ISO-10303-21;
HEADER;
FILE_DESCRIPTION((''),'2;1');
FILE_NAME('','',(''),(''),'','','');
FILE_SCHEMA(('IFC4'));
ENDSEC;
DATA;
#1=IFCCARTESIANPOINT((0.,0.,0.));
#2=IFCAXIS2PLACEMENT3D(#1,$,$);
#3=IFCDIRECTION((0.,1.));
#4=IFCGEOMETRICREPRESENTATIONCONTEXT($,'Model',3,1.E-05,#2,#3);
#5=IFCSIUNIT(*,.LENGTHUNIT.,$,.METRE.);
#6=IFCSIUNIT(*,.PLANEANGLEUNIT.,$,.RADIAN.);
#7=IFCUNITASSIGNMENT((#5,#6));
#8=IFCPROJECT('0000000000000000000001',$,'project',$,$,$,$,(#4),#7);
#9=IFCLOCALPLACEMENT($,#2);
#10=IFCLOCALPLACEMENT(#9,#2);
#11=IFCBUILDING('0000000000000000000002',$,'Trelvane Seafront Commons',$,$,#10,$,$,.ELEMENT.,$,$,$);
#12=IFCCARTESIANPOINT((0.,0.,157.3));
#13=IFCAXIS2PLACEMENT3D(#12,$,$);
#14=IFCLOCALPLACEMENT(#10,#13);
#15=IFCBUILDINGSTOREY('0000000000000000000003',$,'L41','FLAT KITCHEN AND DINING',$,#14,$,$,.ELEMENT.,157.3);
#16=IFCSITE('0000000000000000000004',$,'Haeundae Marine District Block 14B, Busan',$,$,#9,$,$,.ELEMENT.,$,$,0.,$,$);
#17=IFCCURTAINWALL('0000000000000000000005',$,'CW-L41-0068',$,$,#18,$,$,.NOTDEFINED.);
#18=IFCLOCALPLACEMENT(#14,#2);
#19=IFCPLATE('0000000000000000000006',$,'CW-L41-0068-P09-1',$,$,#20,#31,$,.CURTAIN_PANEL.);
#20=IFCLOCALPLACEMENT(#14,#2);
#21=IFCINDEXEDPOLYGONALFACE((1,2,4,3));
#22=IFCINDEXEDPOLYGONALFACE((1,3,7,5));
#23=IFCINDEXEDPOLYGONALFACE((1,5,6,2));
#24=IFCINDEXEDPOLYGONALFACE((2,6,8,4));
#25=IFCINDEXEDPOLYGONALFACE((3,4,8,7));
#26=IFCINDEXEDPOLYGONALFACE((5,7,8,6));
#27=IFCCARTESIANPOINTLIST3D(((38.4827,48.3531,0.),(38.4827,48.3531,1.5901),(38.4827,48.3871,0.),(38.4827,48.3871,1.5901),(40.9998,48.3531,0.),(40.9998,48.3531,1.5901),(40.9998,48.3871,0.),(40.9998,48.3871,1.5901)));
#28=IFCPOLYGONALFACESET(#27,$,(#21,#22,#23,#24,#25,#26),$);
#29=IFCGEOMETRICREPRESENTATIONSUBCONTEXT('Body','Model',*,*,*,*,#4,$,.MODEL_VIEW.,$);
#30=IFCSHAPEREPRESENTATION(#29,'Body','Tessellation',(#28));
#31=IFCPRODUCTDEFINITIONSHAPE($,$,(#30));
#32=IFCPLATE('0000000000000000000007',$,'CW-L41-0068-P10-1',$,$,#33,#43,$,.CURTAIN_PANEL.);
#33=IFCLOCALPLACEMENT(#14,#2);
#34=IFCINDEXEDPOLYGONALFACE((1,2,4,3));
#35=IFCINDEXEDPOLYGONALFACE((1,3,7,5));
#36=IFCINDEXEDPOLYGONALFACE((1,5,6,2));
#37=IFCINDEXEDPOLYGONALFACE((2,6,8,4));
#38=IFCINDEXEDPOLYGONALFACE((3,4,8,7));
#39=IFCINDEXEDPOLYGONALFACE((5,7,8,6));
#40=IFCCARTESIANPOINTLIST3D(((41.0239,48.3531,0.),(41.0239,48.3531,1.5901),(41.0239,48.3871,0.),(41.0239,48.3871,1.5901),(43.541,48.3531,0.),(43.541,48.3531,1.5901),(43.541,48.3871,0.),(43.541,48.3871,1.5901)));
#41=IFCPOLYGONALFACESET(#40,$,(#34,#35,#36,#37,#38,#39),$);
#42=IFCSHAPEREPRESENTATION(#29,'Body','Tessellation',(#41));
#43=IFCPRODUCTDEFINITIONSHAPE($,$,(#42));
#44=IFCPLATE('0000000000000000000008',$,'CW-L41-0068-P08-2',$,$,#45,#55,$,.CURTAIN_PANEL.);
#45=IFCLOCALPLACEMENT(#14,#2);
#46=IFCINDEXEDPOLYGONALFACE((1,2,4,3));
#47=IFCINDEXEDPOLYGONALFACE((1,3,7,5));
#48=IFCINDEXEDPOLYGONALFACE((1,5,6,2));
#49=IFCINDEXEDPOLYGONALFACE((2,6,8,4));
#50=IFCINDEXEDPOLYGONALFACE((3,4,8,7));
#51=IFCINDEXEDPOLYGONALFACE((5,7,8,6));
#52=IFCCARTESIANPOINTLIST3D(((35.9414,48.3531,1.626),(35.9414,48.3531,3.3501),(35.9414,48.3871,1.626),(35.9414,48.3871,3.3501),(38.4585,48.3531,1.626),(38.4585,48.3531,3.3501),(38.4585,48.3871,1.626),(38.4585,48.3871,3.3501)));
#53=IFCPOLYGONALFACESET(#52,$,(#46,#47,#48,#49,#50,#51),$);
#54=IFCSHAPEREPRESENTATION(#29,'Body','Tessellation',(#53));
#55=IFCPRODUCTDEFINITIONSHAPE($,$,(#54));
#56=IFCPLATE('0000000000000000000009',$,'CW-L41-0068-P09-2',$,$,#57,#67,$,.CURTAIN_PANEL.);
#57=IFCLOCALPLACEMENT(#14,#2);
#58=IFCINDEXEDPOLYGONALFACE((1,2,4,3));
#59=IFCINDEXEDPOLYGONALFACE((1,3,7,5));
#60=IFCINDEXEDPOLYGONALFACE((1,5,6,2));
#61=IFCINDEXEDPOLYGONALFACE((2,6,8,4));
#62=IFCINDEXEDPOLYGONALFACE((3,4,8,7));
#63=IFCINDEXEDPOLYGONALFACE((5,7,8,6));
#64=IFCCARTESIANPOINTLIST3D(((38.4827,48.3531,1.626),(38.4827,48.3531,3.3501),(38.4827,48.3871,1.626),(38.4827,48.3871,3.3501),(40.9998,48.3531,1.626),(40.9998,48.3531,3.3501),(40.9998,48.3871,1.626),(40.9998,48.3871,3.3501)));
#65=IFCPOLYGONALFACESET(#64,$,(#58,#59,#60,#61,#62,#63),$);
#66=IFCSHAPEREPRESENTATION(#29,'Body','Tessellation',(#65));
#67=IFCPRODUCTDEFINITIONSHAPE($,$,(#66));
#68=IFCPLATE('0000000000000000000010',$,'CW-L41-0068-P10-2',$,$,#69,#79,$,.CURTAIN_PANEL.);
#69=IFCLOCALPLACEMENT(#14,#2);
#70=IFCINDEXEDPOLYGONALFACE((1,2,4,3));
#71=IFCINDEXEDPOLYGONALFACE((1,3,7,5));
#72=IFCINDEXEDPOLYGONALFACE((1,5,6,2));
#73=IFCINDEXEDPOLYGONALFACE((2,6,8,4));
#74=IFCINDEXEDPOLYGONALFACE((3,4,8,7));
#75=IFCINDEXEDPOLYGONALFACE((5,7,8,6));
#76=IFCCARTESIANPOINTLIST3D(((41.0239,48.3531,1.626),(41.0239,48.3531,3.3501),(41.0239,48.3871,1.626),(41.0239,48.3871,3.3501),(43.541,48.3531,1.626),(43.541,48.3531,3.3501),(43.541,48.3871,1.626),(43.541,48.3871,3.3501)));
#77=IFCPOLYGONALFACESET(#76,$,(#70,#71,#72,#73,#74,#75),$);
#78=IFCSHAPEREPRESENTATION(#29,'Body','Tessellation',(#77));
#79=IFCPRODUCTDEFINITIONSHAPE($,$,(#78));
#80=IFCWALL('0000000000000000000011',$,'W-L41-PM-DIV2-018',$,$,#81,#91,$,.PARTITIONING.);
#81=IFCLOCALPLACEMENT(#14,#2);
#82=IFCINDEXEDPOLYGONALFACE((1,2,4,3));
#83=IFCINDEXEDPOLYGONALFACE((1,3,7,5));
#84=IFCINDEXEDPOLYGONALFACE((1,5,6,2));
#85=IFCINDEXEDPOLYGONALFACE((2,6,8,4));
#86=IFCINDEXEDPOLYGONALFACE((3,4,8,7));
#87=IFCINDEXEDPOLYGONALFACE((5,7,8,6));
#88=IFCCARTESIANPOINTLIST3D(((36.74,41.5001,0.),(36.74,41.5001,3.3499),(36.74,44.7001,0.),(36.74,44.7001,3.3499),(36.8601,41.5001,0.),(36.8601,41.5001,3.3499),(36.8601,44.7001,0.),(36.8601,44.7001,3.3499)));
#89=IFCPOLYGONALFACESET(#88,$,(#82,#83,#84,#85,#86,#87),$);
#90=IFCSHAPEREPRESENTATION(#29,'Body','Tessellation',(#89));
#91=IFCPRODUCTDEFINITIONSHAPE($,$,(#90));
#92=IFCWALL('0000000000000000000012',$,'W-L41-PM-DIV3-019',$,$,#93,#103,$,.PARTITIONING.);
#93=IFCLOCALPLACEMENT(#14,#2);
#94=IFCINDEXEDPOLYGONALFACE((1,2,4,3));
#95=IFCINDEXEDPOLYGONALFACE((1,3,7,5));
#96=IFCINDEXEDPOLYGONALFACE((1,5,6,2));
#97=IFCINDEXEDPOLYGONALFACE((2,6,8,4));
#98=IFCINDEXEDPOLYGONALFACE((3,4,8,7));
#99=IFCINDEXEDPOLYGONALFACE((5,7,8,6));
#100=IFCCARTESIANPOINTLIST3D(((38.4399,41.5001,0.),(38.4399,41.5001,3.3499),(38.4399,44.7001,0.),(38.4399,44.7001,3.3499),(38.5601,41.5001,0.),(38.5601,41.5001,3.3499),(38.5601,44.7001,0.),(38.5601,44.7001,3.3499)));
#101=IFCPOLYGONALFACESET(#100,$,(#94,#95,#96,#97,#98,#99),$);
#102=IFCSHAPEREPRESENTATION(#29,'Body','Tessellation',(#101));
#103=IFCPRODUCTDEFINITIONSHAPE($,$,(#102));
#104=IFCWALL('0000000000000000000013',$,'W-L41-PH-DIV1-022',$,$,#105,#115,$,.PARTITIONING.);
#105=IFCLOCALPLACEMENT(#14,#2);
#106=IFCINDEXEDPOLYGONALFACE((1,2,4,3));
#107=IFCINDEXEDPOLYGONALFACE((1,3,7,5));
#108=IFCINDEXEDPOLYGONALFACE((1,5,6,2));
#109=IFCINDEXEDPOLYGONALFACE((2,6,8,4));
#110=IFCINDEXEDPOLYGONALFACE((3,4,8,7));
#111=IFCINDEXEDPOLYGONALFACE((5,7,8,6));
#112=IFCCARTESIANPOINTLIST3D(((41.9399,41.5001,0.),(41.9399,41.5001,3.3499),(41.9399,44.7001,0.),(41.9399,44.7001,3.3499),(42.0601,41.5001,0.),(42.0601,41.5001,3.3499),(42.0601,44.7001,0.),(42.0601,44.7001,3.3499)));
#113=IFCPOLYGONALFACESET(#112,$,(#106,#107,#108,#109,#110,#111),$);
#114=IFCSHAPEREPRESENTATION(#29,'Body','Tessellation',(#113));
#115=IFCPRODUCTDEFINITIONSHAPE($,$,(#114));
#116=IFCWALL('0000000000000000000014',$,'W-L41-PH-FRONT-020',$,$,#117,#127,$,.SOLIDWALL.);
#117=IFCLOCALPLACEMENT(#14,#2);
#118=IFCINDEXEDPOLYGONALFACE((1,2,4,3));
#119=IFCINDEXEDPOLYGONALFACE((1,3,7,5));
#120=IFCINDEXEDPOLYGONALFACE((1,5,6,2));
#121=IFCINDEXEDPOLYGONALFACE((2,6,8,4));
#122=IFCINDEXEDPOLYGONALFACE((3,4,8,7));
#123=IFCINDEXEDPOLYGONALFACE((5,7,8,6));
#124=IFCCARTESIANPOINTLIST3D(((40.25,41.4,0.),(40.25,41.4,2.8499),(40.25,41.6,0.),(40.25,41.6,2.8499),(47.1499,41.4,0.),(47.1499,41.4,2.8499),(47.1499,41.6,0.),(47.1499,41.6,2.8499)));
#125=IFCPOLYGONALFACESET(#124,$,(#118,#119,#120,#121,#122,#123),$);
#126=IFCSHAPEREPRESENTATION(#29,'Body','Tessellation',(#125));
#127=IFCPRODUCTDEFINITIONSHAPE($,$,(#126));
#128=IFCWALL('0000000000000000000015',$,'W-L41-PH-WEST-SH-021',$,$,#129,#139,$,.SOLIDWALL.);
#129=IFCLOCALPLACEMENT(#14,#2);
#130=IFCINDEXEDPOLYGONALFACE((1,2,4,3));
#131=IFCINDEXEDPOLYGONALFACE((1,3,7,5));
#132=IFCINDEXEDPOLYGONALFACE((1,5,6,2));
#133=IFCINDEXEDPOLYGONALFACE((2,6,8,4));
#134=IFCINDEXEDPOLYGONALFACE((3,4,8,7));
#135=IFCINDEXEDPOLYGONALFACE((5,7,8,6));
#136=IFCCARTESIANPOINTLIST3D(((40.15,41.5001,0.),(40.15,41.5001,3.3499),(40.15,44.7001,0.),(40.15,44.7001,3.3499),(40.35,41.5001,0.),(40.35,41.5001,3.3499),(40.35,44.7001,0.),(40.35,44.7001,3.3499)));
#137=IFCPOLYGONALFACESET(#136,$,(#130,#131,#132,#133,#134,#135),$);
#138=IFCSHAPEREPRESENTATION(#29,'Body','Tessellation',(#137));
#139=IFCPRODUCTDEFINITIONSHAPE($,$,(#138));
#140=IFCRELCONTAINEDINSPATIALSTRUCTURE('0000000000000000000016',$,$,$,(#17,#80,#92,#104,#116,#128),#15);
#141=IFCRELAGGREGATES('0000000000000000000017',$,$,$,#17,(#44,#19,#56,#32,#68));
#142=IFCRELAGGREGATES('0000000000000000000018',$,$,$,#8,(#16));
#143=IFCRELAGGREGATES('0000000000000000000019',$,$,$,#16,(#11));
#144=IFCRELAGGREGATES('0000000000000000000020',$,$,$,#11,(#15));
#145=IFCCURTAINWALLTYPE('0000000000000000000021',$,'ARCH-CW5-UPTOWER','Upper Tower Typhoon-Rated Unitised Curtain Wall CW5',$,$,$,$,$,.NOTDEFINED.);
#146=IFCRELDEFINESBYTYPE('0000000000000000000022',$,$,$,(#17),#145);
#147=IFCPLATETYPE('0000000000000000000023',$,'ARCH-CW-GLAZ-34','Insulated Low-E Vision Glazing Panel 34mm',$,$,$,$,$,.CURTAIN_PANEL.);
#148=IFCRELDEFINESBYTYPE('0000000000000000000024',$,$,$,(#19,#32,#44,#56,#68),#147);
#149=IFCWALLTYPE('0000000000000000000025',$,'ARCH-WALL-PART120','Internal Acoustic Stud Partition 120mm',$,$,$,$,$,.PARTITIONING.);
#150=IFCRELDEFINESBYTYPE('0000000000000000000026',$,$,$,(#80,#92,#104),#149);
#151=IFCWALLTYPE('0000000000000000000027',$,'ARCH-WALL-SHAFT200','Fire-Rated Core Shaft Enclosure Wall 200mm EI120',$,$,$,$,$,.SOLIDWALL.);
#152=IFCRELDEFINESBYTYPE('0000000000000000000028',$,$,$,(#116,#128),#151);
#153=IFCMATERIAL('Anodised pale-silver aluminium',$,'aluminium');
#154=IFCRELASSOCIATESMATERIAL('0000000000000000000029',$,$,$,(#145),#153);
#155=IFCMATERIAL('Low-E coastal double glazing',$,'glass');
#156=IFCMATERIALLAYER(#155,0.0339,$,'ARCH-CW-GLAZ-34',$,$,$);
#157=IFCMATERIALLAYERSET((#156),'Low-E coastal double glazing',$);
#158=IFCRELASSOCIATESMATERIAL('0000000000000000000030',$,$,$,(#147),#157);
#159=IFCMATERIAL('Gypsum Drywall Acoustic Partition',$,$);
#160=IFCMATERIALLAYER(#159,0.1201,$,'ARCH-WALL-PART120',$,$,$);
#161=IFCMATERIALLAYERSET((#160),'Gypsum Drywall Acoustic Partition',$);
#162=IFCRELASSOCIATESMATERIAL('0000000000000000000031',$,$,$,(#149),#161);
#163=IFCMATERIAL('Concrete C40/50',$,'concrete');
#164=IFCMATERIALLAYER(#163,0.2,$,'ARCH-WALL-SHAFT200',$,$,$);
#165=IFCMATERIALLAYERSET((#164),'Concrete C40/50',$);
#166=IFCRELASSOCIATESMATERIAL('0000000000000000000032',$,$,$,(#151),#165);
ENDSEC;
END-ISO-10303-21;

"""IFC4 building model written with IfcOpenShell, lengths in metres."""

from ifc_helpers import new_model, si_unit, direction, frame, frame_2d, origin, origin_2d, place, context, subcontext, project, spatial, rectangle, extrude, source, transform, mapped, material, layer, layer_set, type_object, element, aggregate, save


model = new_model("IFC4")

# Units and contexts
model_context = context("Model", 3, precision=1e-05, world=origin(), true_north=direction((0.0, 1.0)))
body_context = subcontext(model_context, "Body", "Model", "MODEL_VIEW")
ifc_project = project(units=[si_unit("LENGTHUNIT", "METRE"), si_unit("PLANEANGLEUNIT", "RADIAN")], contexts=[model_context])

# Site, building, storey
site_placement = place(None, origin())
site = spatial("IfcSite", under=ifc_project, at=site_placement, Name="Haeundae Marine District Block 14B, Busan", CompositionType="ELEMENT", RefElevation=0.0)
building_placement = place(site_placement, origin())
building = spatial("IfcBuilding", under=site, at=building_placement, Name="Trelvane Seafront Commons", CompositionType="ELEMENT")
storey_placement = place(building_placement, frame((0.0, 0.0, 157.3)))
storey = spatial("IfcBuildingStorey", under=building, at=storey_placement, Name="L41", Description="FLAT KITCHEN AND DINING", CompositionType="ELEMENT", Elevation=157.3)

# Curtain wall
ifc_material_1 = material(Name="Anodised pale-silver aluminium", Category="aluminium")
curtain_wall_type = type_object("IfcCurtainWallType", Name="ARCH-CW5-UPTOWER", Description="Upper Tower Typhoon-Rated Unitised Curtain Wall CW5", PredefinedType="NOTDEFINED", material=ifc_material_1)
curtain_wall_placement = place(storey_placement, origin())
curtain_wall = element("IfcCurtainWall", 1, at=curtain_wall_placement, inside=storey, type_object=curtain_wall_type, Name="CW-L41-0068", PredefinedType="NOTDEFINED")

# Plates
ifc_material_2 = material(Name="Low-E coastal double glazing", Category="glass")
ifc_layer_1 = layer(ifc_material_2, 0.0339, Name="ARCH-CW-GLAZ-34")
ifc_layer_set_1 = layer_set([ifc_layer_1], Name="Low-E coastal double glazing")
plate_type_1 = type_object("IfcPlateType", Name="ARCH-CW-GLAZ-34", Description="Insulated Low-E Vision Glazing Panel 34mm", PredefinedType="CURTAIN_PANEL", material=ifc_layer_set_1)
shared_shape_1 = source(origin(), body_context, "Body", "SweptSolid", [
    extrude(rectangle(XDim=2.5171, YDim=0.0339, at=origin_2d()), origin(), (0.0, 0.0, 1.0), 1.5901),
])
plate_1_placement = place(storey_placement, frame((39.7412, 48.3701, 0.0), z_axis=(0.0, 0.0, 1.0), x_axis=(1.0, 0.0, 0.0)))
plate_1 = element("IfcPlate", 2, at=plate_1_placement, type_object=plate_type_1, Name="CW-L41-0068-P09-1", PredefinedType="CURTAIN_PANEL", context=body_context, shape_type="MappedRepresentation", body=[
    mapped(shared_shape_1, transform((0.0, 0.0, 0.0), x_axis=(1.0, 0.0, 0.0), y_axis=(0.0, 1.0, 0.0), z_axis=(0.0, 0.0, 1.0), scale=1.0)),
])
plate_2_placement = place(storey_placement, frame((42.2825, 48.3701, 0.0), z_axis=(0.0, 0.0, 1.0), x_axis=(1.0, 0.0, 0.0)))
plate_2 = element("IfcPlate", 3, at=plate_2_placement, type_object=plate_type_1, Name="CW-L41-0068-P10-1", PredefinedType="CURTAIN_PANEL", context=body_context, shape_type="MappedRepresentation", body=[
    mapped(shared_shape_1, transform((0.0, 0.0, 0.0), x_axis=(1.0, 0.0, 0.0), y_axis=(0.0, 1.0, 0.0), z_axis=(0.0, 0.0, 1.0), scale=1.0)),
])
shared_shape_2 = source(origin(), body_context, "Body", "SweptSolid", [
    extrude(rectangle(XDim=2.5171, YDim=0.0339, at=origin_2d()), origin(), (0.0, 0.0, 1.0), 1.7241),
])
plate_3_placement = place(storey_placement, frame((37.2, 48.3701, 1.626), z_axis=(0.0, 0.0, 1.0), x_axis=(1.0, 0.0, 0.0)))
plate_3 = element("IfcPlate", 4, at=plate_3_placement, type_object=plate_type_1, Name="CW-L41-0068-P08-2", PredefinedType="CURTAIN_PANEL", context=body_context, shape_type="MappedRepresentation", body=[
    mapped(shared_shape_2, transform((0.0, 0.0, 0.0), x_axis=(1.0, 0.0, 0.0), y_axis=(0.0, 1.0, 0.0), z_axis=(0.0, 0.0, 1.0), scale=1.0)),
])
plate_4_placement = place(storey_placement, frame((39.7412, 48.3701, 1.626), z_axis=(0.0, 0.0, 1.0), x_axis=(1.0, 0.0, 0.0)))
plate_4 = element("IfcPlate", 5, at=plate_4_placement, type_object=plate_type_1, Name="CW-L41-0068-P09-2", PredefinedType="CURTAIN_PANEL", context=body_context, shape_type="MappedRepresentation", body=[
    mapped(shared_shape_2, transform((0.0, 0.0, 0.0), x_axis=(1.0, 0.0, 0.0), y_axis=(0.0, 1.0, 0.0), z_axis=(0.0, 0.0, 1.0), scale=1.0)),
])
plate_5_placement = place(storey_placement, frame((42.2825, 48.3701, 1.626), z_axis=(0.0, 0.0, 1.0), x_axis=(1.0, 0.0, 0.0)))
plate_5 = element("IfcPlate", 6, at=plate_5_placement, type_object=plate_type_1, Name="CW-L41-0068-P10-2", PredefinedType="CURTAIN_PANEL", context=body_context, shape_type="MappedRepresentation", body=[
    mapped(shared_shape_2, transform((0.0, 0.0, 0.0), x_axis=(1.0, 0.0, 0.0), y_axis=(0.0, 1.0, 0.0), z_axis=(0.0, 0.0, 1.0), scale=1.0)),
])
aggregate(curtain_wall, [plate_3, plate_1, plate_4, plate_2, plate_5])

# Walls
ifc_material_3 = material(Name="Gypsum Drywall Acoustic Partition")
ifc_layer_2 = layer(ifc_material_3, 0.1201, Name="ARCH-WALL-PART120")
ifc_layer_set_2 = layer_set([ifc_layer_2], Name="Gypsum Drywall Acoustic Partition")
wall_type_1 = type_object("IfcWallType", Name="ARCH-WALL-PART120", Description="Internal Acoustic Stud Partition 120mm", PredefinedType="PARTITIONING", material=ifc_layer_set_2)
for number, where, z_axis, x_axis, name in (
    (7, (36.8, 41.5, 0.0), (0.0, 0.0, 1.0), (0.0, 1.0, 0.0), "W-L41-PM-DIV2-018"),
    (8, (38.5, 41.5, 0.0), (0.0, 0.0, 1.0), (0.0, 1.0, 0.0), "W-L41-PM-DIV3-019"),
    (9, (42.0, 41.5, 0.0), (0.0, 0.0, 1.0), (0.0, 1.0, 0.0), "W-L41-PH-DIV1-022"),
):
    element("IfcWall", number, at=place(storey_placement, frame(where, z_axis=z_axis, x_axis=x_axis)), inside=storey, type_object=wall_type_1, Name=name, PredefinedType="PARTITIONING", context=body_context, shape_type="SweptSolid", body=[
        extrude(rectangle(XDim=3.2, YDim=0.1201, at=frame_2d((1.6001, 0.0))), origin(), (0.0, 0.0, 1.0), 3.3499),
    ])

# Walls
ifc_material_4 = material(Name="Concrete C40/50", Category="concrete")
ifc_layer_3 = layer(ifc_material_4, 0.2, Name="ARCH-WALL-SHAFT200")
ifc_layer_set_3 = layer_set([ifc_layer_3], Name="Concrete C40/50")
wall_type_2 = type_object("IfcWallType", Name="ARCH-WALL-SHAFT200", Description="Fire-Rated Core Shaft Enclosure Wall 200mm EI120", PredefinedType="SOLIDWALL", material=ifc_layer_set_3)
wall_1_placement = place(storey_placement, frame((40.25, 41.5, 0.0), z_axis=(0.0, 0.0, 1.0), x_axis=(1.0, 0.0, 0.0)))
element("IfcWall", 10, at=wall_1_placement, inside=storey, type_object=wall_type_2, Name="W-L41-PH-FRONT-020", PredefinedType="SOLIDWALL", context=body_context, shape_type="SweptSolid", body=[
    extrude(rectangle(XDim=6.8999, YDim=0.2, at=frame_2d((3.45, 0.0))), origin(), (0.0, 0.0, 1.0), 2.8499),
])
wall_2_placement = place(storey_placement, frame((40.25, 41.5, 0.0), z_axis=(0.0, 0.0, 1.0), x_axis=(0.0, 1.0, 0.0)))
element("IfcWall", 11, at=wall_2_placement, inside=storey, type_object=wall_type_2, Name="W-L41-PH-WEST-SH-021", PredefinedType="SOLIDWALL", context=body_context, shape_type="SweptSolid", body=[
    extrude(rectangle(XDim=3.2, YDim=0.2, at=frame_2d((1.6001, 0.0))), origin(), (0.0, 0.0, 1.0), 3.3499),
])

save(model, "model.ifc")
